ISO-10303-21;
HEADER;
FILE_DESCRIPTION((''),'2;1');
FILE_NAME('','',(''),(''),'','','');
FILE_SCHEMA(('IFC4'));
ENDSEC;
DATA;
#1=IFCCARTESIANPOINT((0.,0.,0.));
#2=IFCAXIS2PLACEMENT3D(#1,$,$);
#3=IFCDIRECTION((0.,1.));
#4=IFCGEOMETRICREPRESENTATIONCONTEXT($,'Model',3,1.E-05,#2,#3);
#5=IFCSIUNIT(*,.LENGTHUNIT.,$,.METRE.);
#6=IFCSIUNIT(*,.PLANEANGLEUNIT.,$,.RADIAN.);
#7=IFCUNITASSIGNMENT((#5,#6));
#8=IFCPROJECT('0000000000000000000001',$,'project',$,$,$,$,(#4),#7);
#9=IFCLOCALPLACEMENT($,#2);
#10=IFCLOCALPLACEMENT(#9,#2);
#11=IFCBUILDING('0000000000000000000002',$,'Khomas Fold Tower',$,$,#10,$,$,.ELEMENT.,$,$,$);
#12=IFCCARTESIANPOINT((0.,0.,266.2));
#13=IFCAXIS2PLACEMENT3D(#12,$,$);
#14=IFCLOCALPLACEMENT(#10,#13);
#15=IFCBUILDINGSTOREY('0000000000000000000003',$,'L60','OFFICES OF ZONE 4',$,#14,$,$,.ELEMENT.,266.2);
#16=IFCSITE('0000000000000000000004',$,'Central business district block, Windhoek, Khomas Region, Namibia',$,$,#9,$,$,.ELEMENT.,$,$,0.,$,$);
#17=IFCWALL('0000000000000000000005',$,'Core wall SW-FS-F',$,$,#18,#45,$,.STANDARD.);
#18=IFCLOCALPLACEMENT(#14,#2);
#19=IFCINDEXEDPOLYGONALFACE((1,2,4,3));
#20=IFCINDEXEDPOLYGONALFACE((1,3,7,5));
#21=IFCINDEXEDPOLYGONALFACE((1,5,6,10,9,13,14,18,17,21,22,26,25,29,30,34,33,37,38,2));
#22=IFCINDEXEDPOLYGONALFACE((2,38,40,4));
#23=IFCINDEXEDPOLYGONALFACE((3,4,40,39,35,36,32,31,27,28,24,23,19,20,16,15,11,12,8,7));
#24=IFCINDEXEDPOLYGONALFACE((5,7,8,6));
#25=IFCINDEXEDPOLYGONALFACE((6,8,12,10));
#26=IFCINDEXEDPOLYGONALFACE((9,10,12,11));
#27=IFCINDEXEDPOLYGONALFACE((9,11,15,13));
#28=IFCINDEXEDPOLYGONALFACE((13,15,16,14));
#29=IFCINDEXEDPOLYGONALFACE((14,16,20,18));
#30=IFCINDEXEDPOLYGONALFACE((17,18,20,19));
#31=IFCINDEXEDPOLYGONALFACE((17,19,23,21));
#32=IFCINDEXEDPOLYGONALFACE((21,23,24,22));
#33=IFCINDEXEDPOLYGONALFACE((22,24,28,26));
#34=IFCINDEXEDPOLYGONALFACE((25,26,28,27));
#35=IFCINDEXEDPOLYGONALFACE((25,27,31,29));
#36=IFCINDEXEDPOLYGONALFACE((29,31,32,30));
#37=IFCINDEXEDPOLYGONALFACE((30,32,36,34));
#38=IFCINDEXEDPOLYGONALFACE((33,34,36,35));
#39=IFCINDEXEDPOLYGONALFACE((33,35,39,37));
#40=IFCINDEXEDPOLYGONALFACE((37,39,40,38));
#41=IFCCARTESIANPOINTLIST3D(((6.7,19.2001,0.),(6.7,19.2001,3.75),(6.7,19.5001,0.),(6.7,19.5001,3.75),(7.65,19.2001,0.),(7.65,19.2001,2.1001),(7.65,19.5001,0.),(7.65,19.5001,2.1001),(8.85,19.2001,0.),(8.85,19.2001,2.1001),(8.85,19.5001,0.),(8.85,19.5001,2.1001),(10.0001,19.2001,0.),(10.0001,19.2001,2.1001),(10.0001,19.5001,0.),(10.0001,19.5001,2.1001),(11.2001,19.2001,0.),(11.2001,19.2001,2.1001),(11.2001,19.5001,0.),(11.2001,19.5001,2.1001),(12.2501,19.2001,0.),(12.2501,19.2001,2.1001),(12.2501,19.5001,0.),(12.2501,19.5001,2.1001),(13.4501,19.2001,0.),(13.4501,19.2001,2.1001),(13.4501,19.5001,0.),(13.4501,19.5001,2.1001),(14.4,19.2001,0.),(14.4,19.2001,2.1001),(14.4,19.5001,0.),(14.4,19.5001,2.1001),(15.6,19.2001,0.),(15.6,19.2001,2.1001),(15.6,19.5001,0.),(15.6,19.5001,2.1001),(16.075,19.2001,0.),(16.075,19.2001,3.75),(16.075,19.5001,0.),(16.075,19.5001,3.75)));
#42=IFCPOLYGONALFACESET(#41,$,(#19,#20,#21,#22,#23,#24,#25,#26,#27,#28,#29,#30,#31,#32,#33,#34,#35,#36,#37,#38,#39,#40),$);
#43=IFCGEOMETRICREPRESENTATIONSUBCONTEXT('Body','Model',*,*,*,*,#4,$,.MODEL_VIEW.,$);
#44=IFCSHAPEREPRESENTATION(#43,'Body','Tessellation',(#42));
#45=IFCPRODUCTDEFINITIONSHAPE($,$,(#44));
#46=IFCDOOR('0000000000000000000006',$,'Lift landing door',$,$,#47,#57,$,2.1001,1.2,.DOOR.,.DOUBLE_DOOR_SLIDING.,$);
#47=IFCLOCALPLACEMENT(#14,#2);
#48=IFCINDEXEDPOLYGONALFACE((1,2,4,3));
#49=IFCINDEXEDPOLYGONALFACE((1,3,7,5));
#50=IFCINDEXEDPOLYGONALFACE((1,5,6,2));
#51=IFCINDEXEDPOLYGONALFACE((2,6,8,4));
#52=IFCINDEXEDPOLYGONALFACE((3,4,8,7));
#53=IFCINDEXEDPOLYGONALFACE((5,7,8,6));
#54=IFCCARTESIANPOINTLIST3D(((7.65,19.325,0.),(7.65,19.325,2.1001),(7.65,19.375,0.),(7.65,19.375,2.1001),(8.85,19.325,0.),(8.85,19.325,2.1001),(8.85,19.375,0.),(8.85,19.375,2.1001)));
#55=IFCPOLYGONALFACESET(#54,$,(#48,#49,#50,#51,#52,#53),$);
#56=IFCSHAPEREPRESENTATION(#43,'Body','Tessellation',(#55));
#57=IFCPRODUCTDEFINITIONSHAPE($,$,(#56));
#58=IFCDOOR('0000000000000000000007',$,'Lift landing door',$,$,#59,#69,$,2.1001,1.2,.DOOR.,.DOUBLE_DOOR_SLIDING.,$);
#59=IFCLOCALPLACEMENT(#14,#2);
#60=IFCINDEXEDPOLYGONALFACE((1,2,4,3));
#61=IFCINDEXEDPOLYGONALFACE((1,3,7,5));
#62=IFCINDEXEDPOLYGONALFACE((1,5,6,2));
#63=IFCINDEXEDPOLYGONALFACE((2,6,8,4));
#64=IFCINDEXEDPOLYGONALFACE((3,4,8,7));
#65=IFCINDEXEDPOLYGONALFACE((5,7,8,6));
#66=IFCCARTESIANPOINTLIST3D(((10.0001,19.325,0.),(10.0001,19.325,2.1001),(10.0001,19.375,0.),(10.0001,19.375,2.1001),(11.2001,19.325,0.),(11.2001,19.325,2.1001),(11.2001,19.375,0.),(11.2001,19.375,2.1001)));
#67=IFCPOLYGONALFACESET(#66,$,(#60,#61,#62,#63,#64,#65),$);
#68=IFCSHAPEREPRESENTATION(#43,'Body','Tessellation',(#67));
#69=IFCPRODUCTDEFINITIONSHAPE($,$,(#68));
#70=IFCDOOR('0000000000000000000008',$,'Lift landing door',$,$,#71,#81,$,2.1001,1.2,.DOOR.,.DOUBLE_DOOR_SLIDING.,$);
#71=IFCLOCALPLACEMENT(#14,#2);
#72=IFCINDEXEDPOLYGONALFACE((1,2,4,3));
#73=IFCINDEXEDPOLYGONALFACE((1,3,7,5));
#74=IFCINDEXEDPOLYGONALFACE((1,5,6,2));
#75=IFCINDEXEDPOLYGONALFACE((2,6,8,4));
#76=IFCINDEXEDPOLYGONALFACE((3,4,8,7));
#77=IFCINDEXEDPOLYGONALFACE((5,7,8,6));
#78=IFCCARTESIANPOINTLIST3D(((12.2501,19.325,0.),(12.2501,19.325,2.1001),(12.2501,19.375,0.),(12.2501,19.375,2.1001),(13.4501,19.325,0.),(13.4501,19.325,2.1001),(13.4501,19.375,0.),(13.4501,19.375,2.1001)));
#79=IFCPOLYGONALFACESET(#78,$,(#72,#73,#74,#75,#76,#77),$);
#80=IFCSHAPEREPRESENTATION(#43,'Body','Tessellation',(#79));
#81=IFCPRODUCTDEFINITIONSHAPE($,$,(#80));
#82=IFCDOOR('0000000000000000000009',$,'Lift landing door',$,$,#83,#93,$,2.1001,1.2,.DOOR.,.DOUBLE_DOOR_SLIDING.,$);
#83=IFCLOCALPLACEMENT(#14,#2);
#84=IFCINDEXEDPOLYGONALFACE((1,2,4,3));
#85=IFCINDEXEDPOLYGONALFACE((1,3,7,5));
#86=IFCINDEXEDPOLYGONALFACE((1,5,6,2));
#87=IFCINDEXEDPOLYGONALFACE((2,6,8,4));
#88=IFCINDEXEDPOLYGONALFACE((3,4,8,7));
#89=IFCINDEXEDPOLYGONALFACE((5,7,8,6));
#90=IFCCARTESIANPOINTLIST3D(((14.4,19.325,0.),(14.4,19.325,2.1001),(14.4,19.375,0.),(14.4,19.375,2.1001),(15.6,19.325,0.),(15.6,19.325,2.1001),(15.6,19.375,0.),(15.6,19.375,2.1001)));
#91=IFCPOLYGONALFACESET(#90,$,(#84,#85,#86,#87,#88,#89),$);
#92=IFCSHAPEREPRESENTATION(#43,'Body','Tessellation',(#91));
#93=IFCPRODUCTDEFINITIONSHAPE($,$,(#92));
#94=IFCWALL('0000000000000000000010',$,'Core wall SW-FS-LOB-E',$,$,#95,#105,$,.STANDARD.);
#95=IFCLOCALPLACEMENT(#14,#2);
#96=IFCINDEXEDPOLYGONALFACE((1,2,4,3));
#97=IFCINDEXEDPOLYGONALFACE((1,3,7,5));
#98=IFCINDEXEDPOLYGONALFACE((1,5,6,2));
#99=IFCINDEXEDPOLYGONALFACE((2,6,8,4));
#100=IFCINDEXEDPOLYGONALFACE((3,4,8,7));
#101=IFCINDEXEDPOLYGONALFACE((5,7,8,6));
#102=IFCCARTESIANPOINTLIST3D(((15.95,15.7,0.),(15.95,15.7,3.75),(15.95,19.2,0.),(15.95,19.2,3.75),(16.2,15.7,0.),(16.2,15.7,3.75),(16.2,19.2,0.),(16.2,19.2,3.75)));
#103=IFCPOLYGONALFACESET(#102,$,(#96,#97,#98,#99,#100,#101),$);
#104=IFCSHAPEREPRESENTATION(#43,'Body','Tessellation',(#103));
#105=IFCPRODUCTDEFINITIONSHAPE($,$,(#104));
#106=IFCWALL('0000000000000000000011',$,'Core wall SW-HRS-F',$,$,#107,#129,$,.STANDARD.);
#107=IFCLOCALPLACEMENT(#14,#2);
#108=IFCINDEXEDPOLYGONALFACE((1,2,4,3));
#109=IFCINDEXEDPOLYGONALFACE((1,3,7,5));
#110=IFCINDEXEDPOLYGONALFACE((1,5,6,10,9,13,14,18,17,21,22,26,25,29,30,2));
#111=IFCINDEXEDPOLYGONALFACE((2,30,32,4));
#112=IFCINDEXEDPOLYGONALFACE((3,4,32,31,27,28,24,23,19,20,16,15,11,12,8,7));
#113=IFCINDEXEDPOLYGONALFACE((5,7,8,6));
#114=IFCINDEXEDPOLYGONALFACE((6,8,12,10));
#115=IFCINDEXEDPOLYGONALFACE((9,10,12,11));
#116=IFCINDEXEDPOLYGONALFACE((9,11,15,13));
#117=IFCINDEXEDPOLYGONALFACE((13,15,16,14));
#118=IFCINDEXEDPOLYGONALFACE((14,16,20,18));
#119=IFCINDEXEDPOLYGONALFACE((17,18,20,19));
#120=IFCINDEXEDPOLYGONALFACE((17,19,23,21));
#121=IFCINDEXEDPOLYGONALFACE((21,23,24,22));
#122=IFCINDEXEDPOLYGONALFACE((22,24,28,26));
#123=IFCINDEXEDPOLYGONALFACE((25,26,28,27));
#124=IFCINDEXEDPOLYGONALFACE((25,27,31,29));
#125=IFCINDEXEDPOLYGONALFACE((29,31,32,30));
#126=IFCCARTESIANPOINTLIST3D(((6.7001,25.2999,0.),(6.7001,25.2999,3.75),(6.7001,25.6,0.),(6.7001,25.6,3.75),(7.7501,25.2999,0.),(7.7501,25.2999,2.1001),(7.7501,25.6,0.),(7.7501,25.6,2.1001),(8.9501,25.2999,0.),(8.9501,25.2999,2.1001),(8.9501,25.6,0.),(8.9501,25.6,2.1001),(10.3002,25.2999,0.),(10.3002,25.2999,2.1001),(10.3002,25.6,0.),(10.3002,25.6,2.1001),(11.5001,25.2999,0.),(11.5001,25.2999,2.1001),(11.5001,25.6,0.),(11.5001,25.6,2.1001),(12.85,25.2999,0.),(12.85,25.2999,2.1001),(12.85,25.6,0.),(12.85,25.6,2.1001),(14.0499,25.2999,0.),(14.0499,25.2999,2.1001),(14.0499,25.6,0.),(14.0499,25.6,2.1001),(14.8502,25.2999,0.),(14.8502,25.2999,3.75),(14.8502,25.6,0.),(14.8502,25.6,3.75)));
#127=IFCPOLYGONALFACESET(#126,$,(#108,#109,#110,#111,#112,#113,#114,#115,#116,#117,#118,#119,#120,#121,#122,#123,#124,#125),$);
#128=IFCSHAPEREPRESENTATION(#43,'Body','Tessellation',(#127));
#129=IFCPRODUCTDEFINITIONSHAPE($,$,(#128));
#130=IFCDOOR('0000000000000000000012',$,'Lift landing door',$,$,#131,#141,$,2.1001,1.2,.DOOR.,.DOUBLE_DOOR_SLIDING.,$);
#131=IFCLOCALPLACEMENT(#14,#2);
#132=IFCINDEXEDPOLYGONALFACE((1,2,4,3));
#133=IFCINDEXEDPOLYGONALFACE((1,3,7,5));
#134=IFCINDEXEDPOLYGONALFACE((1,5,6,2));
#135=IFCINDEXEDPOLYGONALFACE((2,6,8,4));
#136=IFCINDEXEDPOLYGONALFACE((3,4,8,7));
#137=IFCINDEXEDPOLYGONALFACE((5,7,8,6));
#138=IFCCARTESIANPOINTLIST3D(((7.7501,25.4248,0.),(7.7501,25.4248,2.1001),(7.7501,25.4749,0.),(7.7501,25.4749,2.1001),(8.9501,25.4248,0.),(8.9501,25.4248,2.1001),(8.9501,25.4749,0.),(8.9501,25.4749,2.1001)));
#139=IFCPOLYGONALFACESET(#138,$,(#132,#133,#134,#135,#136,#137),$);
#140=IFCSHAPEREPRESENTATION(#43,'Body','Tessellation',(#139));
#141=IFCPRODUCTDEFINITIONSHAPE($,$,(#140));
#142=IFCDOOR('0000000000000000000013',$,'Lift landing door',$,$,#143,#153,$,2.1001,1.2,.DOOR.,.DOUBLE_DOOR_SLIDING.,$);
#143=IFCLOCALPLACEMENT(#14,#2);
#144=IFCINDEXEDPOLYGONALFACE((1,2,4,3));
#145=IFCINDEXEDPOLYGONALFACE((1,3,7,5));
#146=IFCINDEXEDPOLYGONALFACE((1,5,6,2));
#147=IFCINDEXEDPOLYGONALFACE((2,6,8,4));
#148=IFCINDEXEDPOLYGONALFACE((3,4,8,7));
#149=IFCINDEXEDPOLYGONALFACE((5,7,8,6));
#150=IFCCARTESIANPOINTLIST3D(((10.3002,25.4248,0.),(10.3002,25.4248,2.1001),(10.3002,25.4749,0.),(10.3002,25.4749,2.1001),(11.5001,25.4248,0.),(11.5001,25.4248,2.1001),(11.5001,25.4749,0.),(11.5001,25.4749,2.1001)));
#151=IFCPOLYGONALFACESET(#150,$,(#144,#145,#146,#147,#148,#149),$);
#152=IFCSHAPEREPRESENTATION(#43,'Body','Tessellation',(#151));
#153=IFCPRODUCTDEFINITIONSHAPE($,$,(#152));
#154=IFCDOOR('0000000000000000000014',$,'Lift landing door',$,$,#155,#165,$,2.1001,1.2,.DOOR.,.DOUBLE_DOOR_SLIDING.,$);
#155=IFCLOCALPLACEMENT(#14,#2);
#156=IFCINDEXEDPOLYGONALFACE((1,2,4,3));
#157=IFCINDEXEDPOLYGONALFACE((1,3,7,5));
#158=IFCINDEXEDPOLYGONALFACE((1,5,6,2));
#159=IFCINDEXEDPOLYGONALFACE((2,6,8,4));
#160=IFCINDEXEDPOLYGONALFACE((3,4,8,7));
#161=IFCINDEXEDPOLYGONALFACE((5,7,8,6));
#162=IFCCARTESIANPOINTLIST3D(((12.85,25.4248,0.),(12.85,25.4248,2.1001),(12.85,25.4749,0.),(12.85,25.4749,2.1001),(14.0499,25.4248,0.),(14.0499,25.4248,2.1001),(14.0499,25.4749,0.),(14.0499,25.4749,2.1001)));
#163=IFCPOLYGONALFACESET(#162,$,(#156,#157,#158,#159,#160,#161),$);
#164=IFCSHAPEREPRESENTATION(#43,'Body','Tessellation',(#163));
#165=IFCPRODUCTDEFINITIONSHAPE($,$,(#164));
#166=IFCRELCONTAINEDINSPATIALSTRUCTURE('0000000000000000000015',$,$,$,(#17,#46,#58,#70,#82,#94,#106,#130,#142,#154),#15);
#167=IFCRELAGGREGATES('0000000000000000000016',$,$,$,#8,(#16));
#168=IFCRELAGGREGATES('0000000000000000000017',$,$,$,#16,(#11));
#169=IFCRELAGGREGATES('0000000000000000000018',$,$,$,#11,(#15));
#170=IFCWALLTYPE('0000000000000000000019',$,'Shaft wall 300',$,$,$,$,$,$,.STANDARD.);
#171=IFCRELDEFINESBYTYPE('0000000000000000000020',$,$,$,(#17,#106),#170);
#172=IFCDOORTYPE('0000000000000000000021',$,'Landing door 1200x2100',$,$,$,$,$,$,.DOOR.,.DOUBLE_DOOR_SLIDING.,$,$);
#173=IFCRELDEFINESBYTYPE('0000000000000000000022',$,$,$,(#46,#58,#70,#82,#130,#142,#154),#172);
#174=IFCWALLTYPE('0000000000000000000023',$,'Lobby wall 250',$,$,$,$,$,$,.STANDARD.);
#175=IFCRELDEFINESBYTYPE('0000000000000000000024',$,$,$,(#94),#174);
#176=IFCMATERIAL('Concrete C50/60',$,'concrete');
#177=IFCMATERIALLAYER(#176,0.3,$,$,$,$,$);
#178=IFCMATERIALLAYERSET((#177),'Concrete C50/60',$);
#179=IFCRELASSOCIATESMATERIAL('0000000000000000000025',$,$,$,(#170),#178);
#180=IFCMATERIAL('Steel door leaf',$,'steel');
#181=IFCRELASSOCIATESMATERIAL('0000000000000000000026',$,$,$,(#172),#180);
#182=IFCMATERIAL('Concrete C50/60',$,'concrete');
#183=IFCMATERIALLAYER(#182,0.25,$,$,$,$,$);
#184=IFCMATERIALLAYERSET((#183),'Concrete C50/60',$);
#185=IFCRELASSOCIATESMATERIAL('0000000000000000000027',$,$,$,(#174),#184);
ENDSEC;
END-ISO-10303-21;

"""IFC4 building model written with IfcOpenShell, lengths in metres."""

from ifc_helpers import new_model, si_unit, direction, frame, frame_2d, origin, place, context, subcontext, project, spatial, rectangle, extrude, source, transform, mapped, material, layer, layer_set, type_object, element, fill, save


model = new_model("IFC4")

# Units and contexts
model_context = context("Model", 3, precision=1e-05, world=origin(), true_north=direction((0.0, 1.0)))
body_context = subcontext(model_context, "Body", "Model", "MODEL_VIEW")
ifc_project = project(units=[si_unit("LENGTHUNIT", "METRE"), si_unit("PLANEANGLEUNIT", "RADIAN")], contexts=[model_context])

# Site, building, storey
site_placement = place(None, origin())
site = spatial("IfcSite", under=ifc_project, at=site_placement, Name="Central business district block, Windhoek, Khomas Region, Namibia", CompositionType="ELEMENT", RefElevation=0.0)
building_placement = place(site_placement, origin())
building = spatial("IfcBuilding", under=site, at=building_placement, Name="Khomas Fold Tower", CompositionType="ELEMENT")
storey_placement = place(building_placement, frame((0.0, 0.0, 266.2)))
storey = spatial("IfcBuildingStorey", under=building, at=storey_placement, Name="L60", Description="OFFICES OF ZONE 4", CompositionType="ELEMENT", Elevation=266.2)

# Shared definitions
ifc_material_1 = material(Name="Concrete C50/60", Category="concrete")
ifc_layer_1 = layer(ifc_material_1, 0.3)
ifc_layer_set_1 = layer_set([ifc_layer_1], Name="Concrete C50/60")
wall_type_1 = type_object("IfcWallType", Name="Shaft wall 300", PredefinedType="STANDARD", material=ifc_layer_set_1)

# Wall, openings, doors
shared_shape_1 = source(origin(), body_context, "Body", "SweptSolid", [
    extrude(rectangle(XDim=9.375, YDim=0.3, at=frame_2d((4.6875, 0.0))), origin(), (0.0, 0.0, 1.0), 3.75),
])
wall_1_placement = place(storey_placement, frame((6.7, 19.3501, 0.0), z_axis=(0.0, 0.0, 1.0), x_axis=(1.0, 0.0, 0.0)))
wall_1 = element("IfcWall", 1, at=wall_1_placement, inside=storey, type_object=wall_type_1, Name="Core wall SW-FS-F", PredefinedType="STANDARD", context=body_context, shape_type="MappedRepresentation", body=[
    mapped(shared_shape_1, transform((0.0, 0.0, 0.0))),
])
shared_shape_2 = source(origin(), body_context, "Body", "SweptSolid", [
    extrude(rectangle(XDim=1.2, YDim=2.1001, at=frame_2d((0.6001, 1.05))), frame((0.0, 0.1599, 0.0), z_axis=(0.0, -1.0, 0.0), x_axis=(1.0, 0.0, 0.0)), (0.0, 0.0, 1.0), 0.3201),
])
opening_1_placement = place(wall_1_placement, frame((0.95, 0.0, 0.0)))
opening_1 = element("IfcOpeningElement", 2, at=opening_1_placement, cuts=wall_1, PredefinedType="OPENING", context=body_context, shape_type="MappedRepresentation", body=[
    mapped(shared_shape_2, transform((0.0, 0.0, 0.0))),
])
opening_2_placement = place(wall_1_placement, frame((3.3, 0.0, 0.0)))
opening_2 = element("IfcOpeningElement", 3, at=opening_2_placement, cuts=wall_1, PredefinedType="OPENING", context=body_context, shape_type="MappedRepresentation", body=[
    mapped(shared_shape_2, transform((0.0, 0.0, 0.0))),
])
opening_3_placement = place(wall_1_placement, frame((5.55, 0.0, 0.0)))
opening_3 = element("IfcOpeningElement", 4, at=opening_3_placement, cuts=wall_1, PredefinedType="OPENING", context=body_context, shape_type="MappedRepresentation", body=[
    mapped(shared_shape_2, transform((0.0, 0.0, 0.0))),
])
opening_4_placement = place(wall_1_placement, frame((7.7, 0.0, 0.0)))
opening_4 = element("IfcOpeningElement", 5, at=opening_4_placement, cuts=wall_1, PredefinedType="OPENING", context=body_context, shape_type="MappedRepresentation", body=[
    mapped(shared_shape_2, transform((0.0, 0.0, 0.0))),
])
ifc_material_2 = material(Name="Steel door leaf", Category="steel")
door_type_1 = type_object("IfcDoorType", Name="Landing door 1200x2100", OperationType="DOUBLE_DOOR_SLIDING", PredefinedType="DOOR", material=ifc_material_2)
shared_shape_3 = source(origin(), body_context, "Body", "SweptSolid", [
    extrude(rectangle(XDim=1.2, YDim=2.1001, at=frame_2d((0.6001, 1.05))), frame((0.0, 0.0249, 0.0), z_axis=(0.0, -1.0, 0.0), x_axis=(1.0, 0.0, 0.0)), (0.0, 0.0, 1.0), 0.05),
])
door_1_placement = place(opening_1_placement, origin())
door_1 = element("IfcDoor", 6, at=door_1_placement, inside=storey, type_object=door_type_1, Name="Lift landing door", OperationType="DOUBLE_DOOR_SLIDING", OverallHeight=2.1001, OverallWidth=1.2, PredefinedType="DOOR", context=body_context, shape_type="MappedRepresentation", body=[
    mapped(shared_shape_3, transform((0.0, 0.0, 0.0))),
])
fill(opening_1, door_1)
door_2_placement = place(opening_2_placement, origin())
door_2 = element("IfcDoor", 7, at=door_2_placement, inside=storey, type_object=door_type_1, Name="Lift landing door", OperationType="DOUBLE_DOOR_SLIDING", OverallHeight=2.1001, OverallWidth=1.2, PredefinedType="DOOR", context=body_context, shape_type="MappedRepresentation", body=[
    mapped(shared_shape_3, transform((0.0, 0.0, 0.0))),
])
fill(opening_2, door_2)
door_3_placement = place(opening_3_placement, origin())
door_3 = element("IfcDoor", 8, at=door_3_placement, inside=storey, type_object=door_type_1, Name="Lift landing door", OperationType="DOUBLE_DOOR_SLIDING", OverallHeight=2.1001, OverallWidth=1.2, PredefinedType="DOOR", context=body_context, shape_type="MappedRepresentation", body=[
    mapped(shared_shape_3, transform((0.0, 0.0, 0.0))),
])
fill(opening_3, door_3)
door_4_placement = place(opening_4_placement, origin())
door_4 = element("IfcDoor", 9, at=door_4_placement, inside=storey, type_object=door_type_1, Name="Lift landing door", OperationType="DOUBLE_DOOR_SLIDING", OverallHeight=2.1001, OverallWidth=1.2, PredefinedType="DOOR", context=body_context, shape_type="MappedRepresentation", body=[
    mapped(shared_shape_3, transform((0.0, 0.0, 0.0))),
])
fill(opening_4, door_4)

# Wall
ifc_material_3 = material(Name="Concrete C50/60", Category="concrete")
ifc_layer_2 = layer(ifc_material_3, 0.25)
ifc_layer_set_2 = layer_set([ifc_layer_2], Name="Concrete C50/60")
wall_type_2 = type_object("IfcWallType", Name="Lobby wall 250", PredefinedType="STANDARD", material=ifc_layer_set_2)
shared_shape_4 = source(origin(), body_context, "Body", "SweptSolid", [
    extrude(rectangle(XDim=3.5, YDim=0.25, at=frame_2d((1.75, 0.0))), origin(), (0.0, 0.0, 1.0), 3.75),
])
wall_2_placement = place(storey_placement, frame((16.075, 15.7, 0.0), z_axis=(0.0, 0.0, 1.0), x_axis=(0.0, 1.0, 0.0)))
element("IfcWall", 10, at=wall_2_placement, inside=storey, type_object=wall_type_2, Name="Core wall SW-FS-LOB-E", PredefinedType="STANDARD", context=body_context, shape_type="MappedRepresentation", body=[
    mapped(shared_shape_4, transform((0.0, 0.0, 0.0))),
])

# Wall, openings, doors
shared_shape_5 = source(origin(), body_context, "Body", "SweptSolid", [
    extrude(rectangle(XDim=8.1501, YDim=0.3, at=frame_2d((4.0752, 0.0))), origin(), (0.0, 0.0, 1.0), 3.75),
])
wall_3_placement = place(storey_placement, frame((6.7, 25.45, 0.0), z_axis=(0.0, 0.0, 1.0), x_axis=(1.0, 0.0, 0.0)))
wall_3 = element("IfcWall", 11, at=wall_3_placement, inside=storey, type_object=wall_type_1, Name="Core wall SW-HRS-F", PredefinedType="STANDARD", context=body_context, shape_type="MappedRepresentation", body=[
    mapped(shared_shape_5, transform((0.0, 0.0, 0.0))),
])
opening_5_placement = place(wall_3_placement, frame((1.05, 0.0, 0.0)))
opening_5 = element("IfcOpeningElement", 12, at=opening_5_placement, cuts=wall_3, PredefinedType="OPENING", context=body_context, shape_type="MappedRepresentation", body=[
    mapped(shared_shape_2, transform((0.0, 0.0, 0.0))),
])
opening_6_placement = place(wall_3_placement, frame((3.6001, 0.0, 0.0)))
opening_6 = element("IfcOpeningElement", 13, at=opening_6_placement, cuts=wall_3, PredefinedType="OPENING", context=body_context, shape_type="MappedRepresentation", body=[
    mapped(shared_shape_2, transform((0.0, 0.0, 0.0))),
])
opening_7_placement = place(wall_3_placement, frame((6.1499, 0.0, 0.0)))
opening_7 = element("IfcOpeningElement", 14, at=opening_7_placement, cuts=wall_3, PredefinedType="OPENING", context=body_context, shape_type="MappedRepresentation", body=[
    mapped(shared_shape_2, transform((0.0, 0.0, 0.0))),
])
door_5_placement = place(opening_5_placement, origin())
door_5 = element("IfcDoor", 15, at=door_5_placement, inside=storey, type_object=door_type_1, Name="Lift landing door", OperationType="DOUBLE_DOOR_SLIDING", OverallHeight=2.1001, OverallWidth=1.2, PredefinedType="DOOR", context=body_context, shape_type="MappedRepresentation", body=[
    mapped(shared_shape_3, transform((0.0, 0.0, 0.0))),
])
fill(opening_5, door_5)
door_6_placement = place(opening_6_placement, origin())
door_6 = element("IfcDoor", 16, at=door_6_placement, inside=storey, type_object=door_type_1, Name="Lift landing door", OperationType="DOUBLE_DOOR_SLIDING", OverallHeight=2.1001, OverallWidth=1.2, PredefinedType="DOOR", context=body_context, shape_type="MappedRepresentation", body=[
    mapped(shared_shape_3, transform((0.0, 0.0, 0.0))),
])
fill(opening_6, door_6)
door_7_placement = place(opening_7_placement, origin())
door_7 = element("IfcDoor", 17, at=door_7_placement, inside=storey, type_object=door_type_1, Name="Lift landing door", OperationType="DOUBLE_DOOR_SLIDING", OverallHeight=2.1001, OverallWidth=1.2, PredefinedType="DOOR", context=body_context, shape_type="MappedRepresentation", body=[
    mapped(shared_shape_3, transform((0.0, 0.0, 0.0))),
])
fill(opening_7, door_7)

save(model, "model.ifc")
